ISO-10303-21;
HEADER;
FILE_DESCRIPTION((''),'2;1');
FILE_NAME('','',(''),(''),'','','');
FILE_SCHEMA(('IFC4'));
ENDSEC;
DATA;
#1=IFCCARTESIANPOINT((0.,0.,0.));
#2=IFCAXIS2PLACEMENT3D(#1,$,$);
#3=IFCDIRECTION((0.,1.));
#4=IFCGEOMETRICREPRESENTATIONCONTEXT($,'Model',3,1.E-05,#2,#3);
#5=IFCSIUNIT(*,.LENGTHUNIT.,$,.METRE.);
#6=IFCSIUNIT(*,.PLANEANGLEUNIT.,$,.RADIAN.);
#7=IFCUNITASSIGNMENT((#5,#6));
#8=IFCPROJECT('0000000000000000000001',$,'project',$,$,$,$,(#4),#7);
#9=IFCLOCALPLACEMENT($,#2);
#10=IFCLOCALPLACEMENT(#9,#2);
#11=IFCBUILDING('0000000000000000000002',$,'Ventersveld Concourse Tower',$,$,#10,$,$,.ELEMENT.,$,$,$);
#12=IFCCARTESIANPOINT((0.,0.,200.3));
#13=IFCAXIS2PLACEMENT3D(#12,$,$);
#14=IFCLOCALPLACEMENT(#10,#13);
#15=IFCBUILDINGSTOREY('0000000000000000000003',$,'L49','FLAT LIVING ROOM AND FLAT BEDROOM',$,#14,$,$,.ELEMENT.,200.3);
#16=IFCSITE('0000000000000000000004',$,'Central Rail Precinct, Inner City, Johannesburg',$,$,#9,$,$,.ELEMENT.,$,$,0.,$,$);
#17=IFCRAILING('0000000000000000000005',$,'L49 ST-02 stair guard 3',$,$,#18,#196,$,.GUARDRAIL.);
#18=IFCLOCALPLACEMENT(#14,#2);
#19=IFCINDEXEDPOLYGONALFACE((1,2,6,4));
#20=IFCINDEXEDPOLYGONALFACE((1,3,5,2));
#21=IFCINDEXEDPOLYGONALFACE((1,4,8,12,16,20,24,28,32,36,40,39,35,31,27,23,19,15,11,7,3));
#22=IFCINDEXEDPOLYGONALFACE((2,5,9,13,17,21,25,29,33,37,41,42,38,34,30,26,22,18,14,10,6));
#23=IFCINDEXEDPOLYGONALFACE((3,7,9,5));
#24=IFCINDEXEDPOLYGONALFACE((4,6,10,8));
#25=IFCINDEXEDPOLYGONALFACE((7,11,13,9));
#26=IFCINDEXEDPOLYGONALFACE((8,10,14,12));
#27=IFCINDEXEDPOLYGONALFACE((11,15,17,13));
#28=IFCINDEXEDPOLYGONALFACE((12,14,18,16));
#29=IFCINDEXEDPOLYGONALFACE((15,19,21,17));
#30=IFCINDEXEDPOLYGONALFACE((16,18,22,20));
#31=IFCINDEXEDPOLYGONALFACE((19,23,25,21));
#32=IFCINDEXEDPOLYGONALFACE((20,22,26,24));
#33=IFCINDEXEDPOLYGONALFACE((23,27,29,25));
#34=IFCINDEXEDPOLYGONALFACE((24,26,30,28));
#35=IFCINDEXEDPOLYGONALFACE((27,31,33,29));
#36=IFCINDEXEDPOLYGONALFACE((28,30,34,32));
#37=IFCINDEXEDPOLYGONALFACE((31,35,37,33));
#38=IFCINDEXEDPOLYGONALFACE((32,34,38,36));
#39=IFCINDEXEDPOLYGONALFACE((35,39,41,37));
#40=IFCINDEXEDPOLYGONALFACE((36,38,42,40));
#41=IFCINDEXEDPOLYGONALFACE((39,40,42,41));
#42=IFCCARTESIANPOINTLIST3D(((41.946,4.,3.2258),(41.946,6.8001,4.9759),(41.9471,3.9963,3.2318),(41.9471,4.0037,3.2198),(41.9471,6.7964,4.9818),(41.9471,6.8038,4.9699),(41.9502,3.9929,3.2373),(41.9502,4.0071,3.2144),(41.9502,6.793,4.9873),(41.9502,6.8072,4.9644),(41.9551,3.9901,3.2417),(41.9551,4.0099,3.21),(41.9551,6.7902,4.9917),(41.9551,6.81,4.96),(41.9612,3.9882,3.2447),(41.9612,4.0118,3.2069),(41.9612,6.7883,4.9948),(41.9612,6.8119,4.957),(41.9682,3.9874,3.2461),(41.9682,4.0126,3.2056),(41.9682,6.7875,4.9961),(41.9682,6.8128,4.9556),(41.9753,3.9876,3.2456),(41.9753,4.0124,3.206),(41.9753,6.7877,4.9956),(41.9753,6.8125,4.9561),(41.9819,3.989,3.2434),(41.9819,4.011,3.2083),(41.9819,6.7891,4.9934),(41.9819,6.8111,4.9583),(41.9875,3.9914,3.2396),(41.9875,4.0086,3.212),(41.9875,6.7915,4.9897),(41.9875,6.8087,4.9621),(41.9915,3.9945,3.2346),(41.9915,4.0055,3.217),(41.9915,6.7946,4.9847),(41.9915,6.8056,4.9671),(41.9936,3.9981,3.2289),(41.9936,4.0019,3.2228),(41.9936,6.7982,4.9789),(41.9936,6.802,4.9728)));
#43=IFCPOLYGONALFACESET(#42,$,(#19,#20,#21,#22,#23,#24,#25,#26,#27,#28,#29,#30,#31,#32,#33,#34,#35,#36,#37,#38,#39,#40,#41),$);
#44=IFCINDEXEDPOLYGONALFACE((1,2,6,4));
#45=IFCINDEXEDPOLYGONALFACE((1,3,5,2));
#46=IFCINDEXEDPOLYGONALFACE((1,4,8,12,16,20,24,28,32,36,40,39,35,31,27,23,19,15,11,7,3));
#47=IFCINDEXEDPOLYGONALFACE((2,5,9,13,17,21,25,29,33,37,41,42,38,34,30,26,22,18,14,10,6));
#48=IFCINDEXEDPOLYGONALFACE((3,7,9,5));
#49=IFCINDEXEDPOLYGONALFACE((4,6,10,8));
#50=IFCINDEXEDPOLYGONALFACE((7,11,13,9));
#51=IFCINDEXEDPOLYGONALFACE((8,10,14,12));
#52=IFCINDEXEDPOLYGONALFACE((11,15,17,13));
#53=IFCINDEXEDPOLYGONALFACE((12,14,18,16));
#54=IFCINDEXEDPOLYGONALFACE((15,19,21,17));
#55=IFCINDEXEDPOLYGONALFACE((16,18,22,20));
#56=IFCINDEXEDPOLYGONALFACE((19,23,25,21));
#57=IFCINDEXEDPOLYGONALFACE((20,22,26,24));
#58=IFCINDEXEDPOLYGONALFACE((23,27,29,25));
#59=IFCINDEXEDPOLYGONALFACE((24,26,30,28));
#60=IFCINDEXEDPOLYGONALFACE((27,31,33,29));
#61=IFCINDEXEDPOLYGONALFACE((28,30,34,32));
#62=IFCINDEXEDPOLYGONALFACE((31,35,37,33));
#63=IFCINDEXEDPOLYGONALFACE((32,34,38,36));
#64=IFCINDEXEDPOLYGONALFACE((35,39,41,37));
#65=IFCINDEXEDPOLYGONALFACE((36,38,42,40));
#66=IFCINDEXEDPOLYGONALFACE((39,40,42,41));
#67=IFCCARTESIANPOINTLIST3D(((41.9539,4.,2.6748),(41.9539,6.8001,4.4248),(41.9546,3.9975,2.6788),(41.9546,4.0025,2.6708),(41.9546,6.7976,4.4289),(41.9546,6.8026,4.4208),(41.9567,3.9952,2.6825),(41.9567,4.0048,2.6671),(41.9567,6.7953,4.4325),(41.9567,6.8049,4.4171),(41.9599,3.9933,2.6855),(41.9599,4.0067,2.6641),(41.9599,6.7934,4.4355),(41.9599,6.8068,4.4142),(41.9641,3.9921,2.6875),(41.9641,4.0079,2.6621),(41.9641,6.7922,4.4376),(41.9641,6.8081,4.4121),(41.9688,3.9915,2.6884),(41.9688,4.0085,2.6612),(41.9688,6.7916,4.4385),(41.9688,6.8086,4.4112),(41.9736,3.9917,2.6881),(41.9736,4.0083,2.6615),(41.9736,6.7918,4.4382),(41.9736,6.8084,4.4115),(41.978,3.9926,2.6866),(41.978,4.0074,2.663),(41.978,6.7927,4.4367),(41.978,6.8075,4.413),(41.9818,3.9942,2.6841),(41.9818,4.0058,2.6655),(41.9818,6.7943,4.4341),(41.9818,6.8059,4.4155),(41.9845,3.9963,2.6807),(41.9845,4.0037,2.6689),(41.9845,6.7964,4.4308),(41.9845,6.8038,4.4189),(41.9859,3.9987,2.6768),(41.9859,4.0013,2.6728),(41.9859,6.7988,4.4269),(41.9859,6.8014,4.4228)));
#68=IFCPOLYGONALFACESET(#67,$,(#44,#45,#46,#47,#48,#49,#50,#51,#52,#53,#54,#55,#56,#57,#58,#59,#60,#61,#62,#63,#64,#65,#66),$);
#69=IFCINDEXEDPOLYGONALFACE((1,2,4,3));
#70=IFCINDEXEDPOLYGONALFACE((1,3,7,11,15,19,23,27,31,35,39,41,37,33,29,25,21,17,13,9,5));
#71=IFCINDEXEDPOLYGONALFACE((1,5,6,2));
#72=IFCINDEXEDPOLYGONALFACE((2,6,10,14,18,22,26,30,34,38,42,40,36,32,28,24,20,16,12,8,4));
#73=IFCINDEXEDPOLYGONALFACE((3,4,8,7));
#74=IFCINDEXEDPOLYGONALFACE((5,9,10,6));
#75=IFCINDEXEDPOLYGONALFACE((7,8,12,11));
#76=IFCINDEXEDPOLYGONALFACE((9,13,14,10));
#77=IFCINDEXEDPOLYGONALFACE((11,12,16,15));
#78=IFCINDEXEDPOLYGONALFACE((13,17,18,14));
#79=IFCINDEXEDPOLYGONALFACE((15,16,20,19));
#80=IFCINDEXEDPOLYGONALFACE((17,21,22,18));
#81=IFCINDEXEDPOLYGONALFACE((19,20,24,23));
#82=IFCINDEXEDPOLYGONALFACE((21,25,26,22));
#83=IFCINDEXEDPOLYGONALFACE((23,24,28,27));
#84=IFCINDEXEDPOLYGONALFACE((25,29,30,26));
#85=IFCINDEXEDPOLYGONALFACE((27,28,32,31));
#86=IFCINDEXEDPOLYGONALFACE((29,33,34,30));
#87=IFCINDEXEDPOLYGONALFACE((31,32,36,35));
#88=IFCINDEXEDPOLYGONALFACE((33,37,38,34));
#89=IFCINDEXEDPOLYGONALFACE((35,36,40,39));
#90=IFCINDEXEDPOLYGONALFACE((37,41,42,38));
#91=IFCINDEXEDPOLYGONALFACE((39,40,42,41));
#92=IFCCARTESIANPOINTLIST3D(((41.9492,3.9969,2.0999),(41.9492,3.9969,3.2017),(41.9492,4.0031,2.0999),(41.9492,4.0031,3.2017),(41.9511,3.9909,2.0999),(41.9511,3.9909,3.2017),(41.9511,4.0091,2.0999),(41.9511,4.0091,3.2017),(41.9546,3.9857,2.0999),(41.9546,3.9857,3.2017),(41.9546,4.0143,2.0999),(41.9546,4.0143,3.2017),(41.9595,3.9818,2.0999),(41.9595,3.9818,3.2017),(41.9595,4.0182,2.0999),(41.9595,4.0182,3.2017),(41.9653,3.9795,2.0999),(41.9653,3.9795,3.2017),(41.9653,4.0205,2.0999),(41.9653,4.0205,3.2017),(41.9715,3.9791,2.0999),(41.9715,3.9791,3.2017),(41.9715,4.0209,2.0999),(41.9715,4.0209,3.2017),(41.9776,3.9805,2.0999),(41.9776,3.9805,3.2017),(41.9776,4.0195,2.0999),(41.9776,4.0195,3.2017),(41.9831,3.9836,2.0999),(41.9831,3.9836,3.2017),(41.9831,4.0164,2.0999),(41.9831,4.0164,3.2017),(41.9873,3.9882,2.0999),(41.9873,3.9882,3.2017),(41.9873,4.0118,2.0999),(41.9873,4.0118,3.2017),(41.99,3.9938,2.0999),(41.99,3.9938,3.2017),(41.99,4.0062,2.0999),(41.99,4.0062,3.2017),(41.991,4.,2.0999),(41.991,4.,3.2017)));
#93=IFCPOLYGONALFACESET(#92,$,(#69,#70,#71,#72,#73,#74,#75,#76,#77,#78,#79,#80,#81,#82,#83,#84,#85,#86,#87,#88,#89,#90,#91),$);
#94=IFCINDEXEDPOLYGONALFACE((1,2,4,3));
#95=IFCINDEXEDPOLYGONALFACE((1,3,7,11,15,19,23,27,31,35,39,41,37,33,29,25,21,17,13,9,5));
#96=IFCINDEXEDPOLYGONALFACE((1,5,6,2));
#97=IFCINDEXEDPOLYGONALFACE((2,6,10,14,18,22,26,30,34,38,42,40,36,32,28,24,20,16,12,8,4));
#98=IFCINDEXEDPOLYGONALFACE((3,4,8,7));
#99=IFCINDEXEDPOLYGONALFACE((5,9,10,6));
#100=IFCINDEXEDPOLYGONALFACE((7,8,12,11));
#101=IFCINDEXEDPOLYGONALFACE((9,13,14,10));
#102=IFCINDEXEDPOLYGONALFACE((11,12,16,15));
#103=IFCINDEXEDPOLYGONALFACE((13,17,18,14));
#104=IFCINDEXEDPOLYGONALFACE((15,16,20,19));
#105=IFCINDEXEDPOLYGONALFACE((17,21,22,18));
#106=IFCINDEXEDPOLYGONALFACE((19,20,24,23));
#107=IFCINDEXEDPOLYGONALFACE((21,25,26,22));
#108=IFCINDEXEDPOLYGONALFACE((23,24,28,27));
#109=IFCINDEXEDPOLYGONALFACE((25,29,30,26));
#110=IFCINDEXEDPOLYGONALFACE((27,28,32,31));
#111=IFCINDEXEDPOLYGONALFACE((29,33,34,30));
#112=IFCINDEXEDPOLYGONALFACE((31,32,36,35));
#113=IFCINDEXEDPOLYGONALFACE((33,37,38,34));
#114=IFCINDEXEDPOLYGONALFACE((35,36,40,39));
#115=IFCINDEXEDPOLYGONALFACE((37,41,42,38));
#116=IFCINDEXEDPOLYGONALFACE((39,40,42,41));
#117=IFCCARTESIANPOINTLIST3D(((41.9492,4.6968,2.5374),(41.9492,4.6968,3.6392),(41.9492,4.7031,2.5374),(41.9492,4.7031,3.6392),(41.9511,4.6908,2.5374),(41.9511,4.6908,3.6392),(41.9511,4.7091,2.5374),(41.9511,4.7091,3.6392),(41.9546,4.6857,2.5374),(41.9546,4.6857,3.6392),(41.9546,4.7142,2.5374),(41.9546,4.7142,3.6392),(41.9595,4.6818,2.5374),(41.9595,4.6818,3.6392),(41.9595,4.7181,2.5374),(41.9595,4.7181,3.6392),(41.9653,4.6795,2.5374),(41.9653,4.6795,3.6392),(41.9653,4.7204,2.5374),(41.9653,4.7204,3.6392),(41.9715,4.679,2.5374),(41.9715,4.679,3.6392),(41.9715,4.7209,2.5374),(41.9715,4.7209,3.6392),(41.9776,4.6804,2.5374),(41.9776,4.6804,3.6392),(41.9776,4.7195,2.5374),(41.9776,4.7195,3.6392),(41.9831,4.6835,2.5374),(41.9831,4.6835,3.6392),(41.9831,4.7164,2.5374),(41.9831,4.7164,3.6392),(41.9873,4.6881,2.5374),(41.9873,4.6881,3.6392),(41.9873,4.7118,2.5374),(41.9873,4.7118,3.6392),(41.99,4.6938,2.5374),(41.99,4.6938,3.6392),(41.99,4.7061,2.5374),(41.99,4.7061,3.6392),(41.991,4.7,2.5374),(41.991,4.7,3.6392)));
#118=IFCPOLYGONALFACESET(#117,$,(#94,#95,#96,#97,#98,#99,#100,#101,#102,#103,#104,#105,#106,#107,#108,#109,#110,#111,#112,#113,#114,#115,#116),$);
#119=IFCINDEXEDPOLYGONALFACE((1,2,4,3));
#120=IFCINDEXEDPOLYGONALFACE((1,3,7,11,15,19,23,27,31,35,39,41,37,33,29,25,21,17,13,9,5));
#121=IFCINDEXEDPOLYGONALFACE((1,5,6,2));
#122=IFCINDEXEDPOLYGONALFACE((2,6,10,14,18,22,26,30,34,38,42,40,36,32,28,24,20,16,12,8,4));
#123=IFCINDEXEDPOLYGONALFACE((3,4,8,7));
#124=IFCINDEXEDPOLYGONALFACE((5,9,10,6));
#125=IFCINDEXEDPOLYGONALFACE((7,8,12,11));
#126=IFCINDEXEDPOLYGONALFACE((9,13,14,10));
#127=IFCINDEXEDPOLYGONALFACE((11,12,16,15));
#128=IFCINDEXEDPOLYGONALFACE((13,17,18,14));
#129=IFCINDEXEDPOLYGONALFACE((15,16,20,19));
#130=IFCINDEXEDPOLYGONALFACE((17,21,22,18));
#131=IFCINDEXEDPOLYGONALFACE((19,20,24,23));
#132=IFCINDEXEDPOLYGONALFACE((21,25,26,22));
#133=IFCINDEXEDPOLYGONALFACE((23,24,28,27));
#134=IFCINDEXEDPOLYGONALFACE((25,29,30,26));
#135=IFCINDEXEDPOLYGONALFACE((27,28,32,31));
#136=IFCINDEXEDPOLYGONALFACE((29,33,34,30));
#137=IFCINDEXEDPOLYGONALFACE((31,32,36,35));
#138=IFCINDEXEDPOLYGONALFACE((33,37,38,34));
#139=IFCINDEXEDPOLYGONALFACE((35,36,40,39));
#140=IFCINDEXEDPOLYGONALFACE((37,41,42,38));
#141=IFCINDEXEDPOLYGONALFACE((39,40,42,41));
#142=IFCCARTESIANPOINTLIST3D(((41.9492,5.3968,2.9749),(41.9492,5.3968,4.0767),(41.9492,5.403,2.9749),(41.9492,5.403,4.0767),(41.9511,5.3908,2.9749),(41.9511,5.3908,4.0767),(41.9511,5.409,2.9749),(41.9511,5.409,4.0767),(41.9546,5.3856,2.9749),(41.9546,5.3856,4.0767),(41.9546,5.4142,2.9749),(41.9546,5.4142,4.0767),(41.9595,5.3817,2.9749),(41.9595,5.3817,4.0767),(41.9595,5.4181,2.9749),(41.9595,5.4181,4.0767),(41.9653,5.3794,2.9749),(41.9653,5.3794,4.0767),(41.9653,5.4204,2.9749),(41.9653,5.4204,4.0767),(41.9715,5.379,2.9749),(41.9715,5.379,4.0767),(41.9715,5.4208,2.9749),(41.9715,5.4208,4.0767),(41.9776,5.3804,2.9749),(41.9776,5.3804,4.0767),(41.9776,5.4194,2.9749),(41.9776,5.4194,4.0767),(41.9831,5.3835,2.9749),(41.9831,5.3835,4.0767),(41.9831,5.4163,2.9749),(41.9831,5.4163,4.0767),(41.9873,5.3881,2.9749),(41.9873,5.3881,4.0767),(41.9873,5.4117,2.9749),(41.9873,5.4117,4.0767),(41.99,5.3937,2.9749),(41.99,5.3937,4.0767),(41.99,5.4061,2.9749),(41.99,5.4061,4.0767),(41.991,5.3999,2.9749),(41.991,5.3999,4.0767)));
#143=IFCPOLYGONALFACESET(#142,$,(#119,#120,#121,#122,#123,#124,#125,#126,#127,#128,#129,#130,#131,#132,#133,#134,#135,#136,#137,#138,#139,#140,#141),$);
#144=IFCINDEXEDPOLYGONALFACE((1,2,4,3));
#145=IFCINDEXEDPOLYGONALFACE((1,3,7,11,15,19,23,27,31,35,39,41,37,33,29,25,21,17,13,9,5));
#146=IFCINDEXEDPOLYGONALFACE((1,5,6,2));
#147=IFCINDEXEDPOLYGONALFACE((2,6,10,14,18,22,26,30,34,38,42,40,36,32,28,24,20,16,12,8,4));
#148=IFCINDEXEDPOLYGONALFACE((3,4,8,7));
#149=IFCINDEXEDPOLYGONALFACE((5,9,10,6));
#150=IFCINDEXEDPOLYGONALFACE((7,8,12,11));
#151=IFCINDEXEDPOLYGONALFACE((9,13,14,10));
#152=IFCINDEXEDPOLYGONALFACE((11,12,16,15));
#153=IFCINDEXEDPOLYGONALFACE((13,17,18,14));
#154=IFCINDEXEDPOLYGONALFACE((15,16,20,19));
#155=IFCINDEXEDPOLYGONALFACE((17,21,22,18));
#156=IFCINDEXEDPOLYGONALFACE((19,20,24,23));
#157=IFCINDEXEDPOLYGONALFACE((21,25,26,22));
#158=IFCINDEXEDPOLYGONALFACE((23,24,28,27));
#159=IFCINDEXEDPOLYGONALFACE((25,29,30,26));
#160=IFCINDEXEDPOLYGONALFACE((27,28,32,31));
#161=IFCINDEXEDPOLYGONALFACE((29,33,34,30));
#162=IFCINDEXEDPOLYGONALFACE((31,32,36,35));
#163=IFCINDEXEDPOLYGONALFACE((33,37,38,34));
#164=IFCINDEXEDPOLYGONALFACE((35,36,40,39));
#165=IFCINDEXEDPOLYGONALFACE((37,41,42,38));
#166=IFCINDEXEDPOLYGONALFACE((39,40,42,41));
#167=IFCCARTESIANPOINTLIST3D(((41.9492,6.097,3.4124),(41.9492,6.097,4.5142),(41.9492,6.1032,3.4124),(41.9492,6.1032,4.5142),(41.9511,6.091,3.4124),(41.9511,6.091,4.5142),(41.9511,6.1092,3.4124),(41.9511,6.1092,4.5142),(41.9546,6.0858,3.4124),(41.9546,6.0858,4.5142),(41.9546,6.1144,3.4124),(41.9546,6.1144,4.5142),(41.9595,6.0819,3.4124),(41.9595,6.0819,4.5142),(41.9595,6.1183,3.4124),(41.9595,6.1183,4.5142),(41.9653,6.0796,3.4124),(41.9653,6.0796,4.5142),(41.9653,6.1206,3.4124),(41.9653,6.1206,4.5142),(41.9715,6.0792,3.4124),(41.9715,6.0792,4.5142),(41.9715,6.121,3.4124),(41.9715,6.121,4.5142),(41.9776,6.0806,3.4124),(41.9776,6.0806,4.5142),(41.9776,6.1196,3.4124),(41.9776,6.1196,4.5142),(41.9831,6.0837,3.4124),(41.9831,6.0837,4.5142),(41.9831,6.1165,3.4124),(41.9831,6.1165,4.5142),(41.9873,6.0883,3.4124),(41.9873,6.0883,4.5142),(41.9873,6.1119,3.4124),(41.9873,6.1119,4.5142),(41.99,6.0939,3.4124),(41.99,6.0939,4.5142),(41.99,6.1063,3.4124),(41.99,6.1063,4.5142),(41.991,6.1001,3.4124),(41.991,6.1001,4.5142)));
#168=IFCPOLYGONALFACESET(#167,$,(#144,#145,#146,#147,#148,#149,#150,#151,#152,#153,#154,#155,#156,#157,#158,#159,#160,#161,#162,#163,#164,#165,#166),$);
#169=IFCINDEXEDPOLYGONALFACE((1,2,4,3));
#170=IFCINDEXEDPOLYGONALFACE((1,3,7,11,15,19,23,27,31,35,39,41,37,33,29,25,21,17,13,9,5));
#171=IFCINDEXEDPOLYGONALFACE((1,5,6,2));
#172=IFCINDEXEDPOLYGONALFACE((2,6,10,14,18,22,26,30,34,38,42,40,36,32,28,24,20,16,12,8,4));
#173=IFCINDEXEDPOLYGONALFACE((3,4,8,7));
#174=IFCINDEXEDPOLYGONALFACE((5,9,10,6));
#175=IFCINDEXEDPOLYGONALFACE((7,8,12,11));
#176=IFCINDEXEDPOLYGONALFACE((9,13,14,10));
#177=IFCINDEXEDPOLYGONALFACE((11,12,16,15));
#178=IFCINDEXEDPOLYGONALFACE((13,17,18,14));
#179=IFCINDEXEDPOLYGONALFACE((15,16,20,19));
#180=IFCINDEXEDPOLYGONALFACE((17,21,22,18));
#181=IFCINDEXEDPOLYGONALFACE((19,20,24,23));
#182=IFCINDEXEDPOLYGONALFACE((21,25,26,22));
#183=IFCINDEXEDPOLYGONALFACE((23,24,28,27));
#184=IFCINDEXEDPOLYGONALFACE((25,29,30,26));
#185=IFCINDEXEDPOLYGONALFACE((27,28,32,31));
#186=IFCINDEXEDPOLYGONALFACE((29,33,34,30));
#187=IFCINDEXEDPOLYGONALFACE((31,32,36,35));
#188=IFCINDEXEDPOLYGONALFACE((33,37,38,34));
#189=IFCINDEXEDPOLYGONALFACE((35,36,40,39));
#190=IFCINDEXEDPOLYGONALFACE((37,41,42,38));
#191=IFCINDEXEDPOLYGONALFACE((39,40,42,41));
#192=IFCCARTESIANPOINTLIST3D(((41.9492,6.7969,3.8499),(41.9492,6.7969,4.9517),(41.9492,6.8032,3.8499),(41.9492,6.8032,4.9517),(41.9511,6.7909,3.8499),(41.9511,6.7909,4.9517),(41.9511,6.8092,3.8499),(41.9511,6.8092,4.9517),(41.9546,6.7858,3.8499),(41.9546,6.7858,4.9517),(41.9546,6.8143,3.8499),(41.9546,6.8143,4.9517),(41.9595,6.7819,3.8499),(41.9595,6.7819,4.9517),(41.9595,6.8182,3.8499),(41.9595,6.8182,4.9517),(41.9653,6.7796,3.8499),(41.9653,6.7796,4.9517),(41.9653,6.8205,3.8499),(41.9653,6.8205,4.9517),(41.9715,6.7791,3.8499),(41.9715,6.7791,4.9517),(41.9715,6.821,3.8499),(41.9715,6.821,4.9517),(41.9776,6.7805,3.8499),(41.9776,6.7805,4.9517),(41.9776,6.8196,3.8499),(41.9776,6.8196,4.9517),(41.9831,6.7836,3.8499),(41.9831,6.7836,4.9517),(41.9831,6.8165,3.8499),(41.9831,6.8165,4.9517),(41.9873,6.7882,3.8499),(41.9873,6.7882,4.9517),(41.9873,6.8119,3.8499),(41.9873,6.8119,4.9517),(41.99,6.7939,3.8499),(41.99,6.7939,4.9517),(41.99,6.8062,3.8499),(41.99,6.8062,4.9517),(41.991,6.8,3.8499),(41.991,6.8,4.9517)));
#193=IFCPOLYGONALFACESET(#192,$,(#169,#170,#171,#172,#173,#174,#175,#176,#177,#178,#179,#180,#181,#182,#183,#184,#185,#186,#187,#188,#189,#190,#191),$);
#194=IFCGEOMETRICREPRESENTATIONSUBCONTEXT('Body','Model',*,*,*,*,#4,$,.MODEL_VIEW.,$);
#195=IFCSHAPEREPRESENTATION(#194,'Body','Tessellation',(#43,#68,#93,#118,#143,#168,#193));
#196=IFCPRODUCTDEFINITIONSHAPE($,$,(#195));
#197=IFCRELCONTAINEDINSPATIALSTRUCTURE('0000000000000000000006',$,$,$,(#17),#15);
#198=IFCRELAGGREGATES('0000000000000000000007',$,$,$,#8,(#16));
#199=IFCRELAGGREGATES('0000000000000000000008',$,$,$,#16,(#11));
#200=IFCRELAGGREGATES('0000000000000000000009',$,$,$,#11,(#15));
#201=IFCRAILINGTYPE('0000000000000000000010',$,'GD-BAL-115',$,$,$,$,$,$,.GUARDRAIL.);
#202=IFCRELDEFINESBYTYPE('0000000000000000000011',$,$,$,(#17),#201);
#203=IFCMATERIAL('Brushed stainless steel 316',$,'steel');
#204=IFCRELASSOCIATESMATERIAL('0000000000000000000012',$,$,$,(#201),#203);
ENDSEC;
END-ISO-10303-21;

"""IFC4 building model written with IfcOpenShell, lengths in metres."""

from ifc_helpers import new_model, si_unit, direction, frame, origin, origin_2d, place, context, subcontext, project, spatial, circle, extrude, material, type_object, element, save


model = new_model("IFC4")

# Units and contexts
model_context = context("Model", 3, precision=1e-05, world=origin(), true_north=direction((0.0, 1.0)))
body_context = subcontext(model_context, "Body", "Model", "MODEL_VIEW")
ifc_project = project(units=[si_unit("LENGTHUNIT", "METRE"), si_unit("PLANEANGLEUNIT", "RADIAN")], contexts=[model_context])

# Site, building, storey
site_placement = place(None, origin())
site = spatial("IfcSite", under=ifc_project, at=site_placement, Name="Central Rail Precinct, Inner City, Johannesburg", CompositionType="ELEMENT", RefElevation=0.0)
building_placement = place(site_placement, origin())
building = spatial("IfcBuilding", under=site, at=building_placement, Name="Ventersveld Concourse Tower", CompositionType="ELEMENT")
storey_placement = place(building_placement, frame((0.0, 0.0, 200.3)))
storey = spatial("IfcBuildingStorey", under=building, at=storey_placement, Name="L49", Description="FLAT LIVING ROOM AND FLAT BEDROOM", CompositionType="ELEMENT", Elevation=200.3)

# Railing
ifc_material_1 = material(Name="Brushed stainless steel 316", Category="steel")
railing_type_1 = type_object("IfcRailingType", Name="GD-BAL-115", PredefinedType="GUARDRAIL", material=ifc_material_1)
railing_1_placement = place(storey_placement, frame((41.97, 4.0, 2.0999)))
element("IfcRailing", 1, at=railing_1_placement, inside=storey, type_object=railing_type_1, Name="L49 ST-02 stair guard 3", PredefinedType="GUARDRAIL", context=body_context, shape_type="SweptSolid", body=[
    extrude(circle(Radius=0.0239, at=origin_2d()), frame((0.0, 0.0, 1.126), z_axis=(0.0, 0.848002, 0.529992), x_axis=(-1.0, 0.0, 0.0)), (0.0, 0.0, 1.0), 3.302),
    extrude(circle(Radius=0.0161, at=origin_2d()), frame((0.0, 0.0, 0.575), z_axis=(0.0, 0.848002, 0.529992), x_axis=(-1.0, 0.0, 0.0)), (0.0, 0.0, 1.0), 3.302),
    extrude(circle(Radius=0.021, at=origin_2d()), origin(), (0.0, 0.0, 1.0), 1.1018),
    extrude(circle(Radius=0.021, at=origin_2d()), frame((0.0, 0.7, 0.4375)), (0.0, 0.0, 1.0), 1.1018),
    extrude(circle(Radius=0.021, at=origin_2d()), frame((0.0, 1.3999, 0.875)), (0.0, 0.0, 1.0), 1.1018),
    extrude(circle(Radius=0.021, at=origin_2d()), frame((0.0, 2.1001, 1.3125)), (0.0, 0.0, 1.0), 1.1018),
    extrude(circle(Radius=0.021, at=origin_2d()), frame((0.0, 2.8, 1.75)), (0.0, 0.0, 1.0), 1.1018),
])

save(model, "model.ifc")
